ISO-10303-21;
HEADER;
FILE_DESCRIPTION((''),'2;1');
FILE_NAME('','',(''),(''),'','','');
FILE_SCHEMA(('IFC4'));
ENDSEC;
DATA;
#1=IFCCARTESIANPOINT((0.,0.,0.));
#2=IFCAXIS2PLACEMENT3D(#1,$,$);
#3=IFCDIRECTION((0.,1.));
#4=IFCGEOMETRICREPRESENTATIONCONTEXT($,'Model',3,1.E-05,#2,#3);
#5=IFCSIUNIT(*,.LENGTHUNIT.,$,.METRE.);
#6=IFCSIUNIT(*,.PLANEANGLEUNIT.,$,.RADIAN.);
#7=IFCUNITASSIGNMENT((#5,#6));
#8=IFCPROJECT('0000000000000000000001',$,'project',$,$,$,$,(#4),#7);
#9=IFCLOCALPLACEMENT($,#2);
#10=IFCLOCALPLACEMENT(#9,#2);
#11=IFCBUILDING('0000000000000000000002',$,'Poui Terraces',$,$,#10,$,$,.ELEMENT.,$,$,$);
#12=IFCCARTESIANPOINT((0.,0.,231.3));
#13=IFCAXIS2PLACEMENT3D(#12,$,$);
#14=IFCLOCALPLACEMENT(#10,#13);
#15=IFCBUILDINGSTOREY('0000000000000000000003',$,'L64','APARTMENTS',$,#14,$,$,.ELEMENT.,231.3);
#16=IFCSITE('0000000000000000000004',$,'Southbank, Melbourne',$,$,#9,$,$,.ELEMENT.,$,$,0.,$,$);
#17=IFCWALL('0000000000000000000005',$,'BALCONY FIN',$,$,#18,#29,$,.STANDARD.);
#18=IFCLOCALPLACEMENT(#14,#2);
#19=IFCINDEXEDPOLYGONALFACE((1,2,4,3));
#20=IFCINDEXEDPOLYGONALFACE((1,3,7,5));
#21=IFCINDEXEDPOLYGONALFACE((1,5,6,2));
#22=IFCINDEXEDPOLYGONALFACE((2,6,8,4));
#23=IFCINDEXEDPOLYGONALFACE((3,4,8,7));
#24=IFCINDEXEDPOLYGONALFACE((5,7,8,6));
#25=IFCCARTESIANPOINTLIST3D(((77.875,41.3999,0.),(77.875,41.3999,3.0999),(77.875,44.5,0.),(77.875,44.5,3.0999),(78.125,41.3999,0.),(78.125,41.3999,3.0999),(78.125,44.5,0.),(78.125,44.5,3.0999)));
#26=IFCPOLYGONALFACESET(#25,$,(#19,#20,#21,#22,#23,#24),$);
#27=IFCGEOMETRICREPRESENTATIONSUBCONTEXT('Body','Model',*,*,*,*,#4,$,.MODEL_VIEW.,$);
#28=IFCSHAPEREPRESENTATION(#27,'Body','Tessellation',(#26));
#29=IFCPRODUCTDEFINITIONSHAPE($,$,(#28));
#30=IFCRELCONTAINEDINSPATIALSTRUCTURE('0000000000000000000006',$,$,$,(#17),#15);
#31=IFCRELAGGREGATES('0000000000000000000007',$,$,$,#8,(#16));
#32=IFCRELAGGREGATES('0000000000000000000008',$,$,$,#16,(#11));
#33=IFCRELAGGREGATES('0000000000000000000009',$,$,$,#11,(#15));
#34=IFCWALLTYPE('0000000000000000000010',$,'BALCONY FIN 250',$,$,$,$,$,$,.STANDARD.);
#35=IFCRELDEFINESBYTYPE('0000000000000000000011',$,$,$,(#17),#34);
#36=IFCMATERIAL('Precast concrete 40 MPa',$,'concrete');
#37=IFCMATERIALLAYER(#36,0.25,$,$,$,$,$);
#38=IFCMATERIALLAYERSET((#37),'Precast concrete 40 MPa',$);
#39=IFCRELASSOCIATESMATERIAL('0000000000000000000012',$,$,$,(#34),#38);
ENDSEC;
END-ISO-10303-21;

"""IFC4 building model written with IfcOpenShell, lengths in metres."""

from ifc_helpers import new_model, si_unit, direction, frame, origin, place, context, subcontext, project, spatial, polyline, outline, extrude, source, transform, mapped, material, layer, layer_set, type_object, element, save


model = new_model("IFC4")

# Units and contexts
model_context = context("Model", 3, precision=1e-05, world=origin(), true_north=direction((0.0, 1.0)))
body_context = subcontext(model_context, "Body", "Model", "MODEL_VIEW")
ifc_project = project(units=[si_unit("LENGTHUNIT", "METRE"), si_unit("PLANEANGLEUNIT", "RADIAN")], contexts=[model_context])

# Site, building, storey
site_placement = place(None, origin())
site = spatial("IfcSite", under=ifc_project, at=site_placement, Name="Southbank, Melbourne", CompositionType="ELEMENT", RefElevation=0.0)
building_placement = place(site_placement, origin())
building = spatial("IfcBuilding", under=site, at=building_placement, Name="Poui Terraces", CompositionType="ELEMENT")
storey_placement = place(building_placement, frame((0.0, 0.0, 231.3)))
storey = spatial("IfcBuildingStorey", under=building, at=storey_placement, Name="L64", Description="APARTMENTS", CompositionType="ELEMENT", Elevation=231.3)

# Wall
ifc_material_1 = material(Name="Precast concrete 40 MPa", Category="concrete")
ifc_layer = layer(ifc_material_1, 0.25)
ifc_layer_set = layer_set([ifc_layer], Name="Precast concrete 40 MPa")
wall_type = type_object("IfcWallType", Name="BALCONY FIN 250", PredefinedType="STANDARD", material=ifc_layer_set)
shared_shape_1 = source(origin(), body_context, "Body", "SweptSolid", [
    extrude(outline(polyline([(0.0, 0.0), (0.25, 0.0), (0.25, 3.1001), (0.0, 3.1001), (0.0, 0.0)])), origin(), (0.0, 0.0, 1.0), 3.0999),
])
wall_placement = place(storey_placement, frame((77.875, 41.3999, 0.0)))
element("IfcWall", 1, at=wall_placement, inside=storey, type_object=wall_type, Name="BALCONY FIN", PredefinedType="STANDARD", context=body_context, shape_type="MappedRepresentation", body=[
    mapped(shared_shape_1, transform((0.0, 0.0, 0.0))),
])

save(model, "model.ifc")
